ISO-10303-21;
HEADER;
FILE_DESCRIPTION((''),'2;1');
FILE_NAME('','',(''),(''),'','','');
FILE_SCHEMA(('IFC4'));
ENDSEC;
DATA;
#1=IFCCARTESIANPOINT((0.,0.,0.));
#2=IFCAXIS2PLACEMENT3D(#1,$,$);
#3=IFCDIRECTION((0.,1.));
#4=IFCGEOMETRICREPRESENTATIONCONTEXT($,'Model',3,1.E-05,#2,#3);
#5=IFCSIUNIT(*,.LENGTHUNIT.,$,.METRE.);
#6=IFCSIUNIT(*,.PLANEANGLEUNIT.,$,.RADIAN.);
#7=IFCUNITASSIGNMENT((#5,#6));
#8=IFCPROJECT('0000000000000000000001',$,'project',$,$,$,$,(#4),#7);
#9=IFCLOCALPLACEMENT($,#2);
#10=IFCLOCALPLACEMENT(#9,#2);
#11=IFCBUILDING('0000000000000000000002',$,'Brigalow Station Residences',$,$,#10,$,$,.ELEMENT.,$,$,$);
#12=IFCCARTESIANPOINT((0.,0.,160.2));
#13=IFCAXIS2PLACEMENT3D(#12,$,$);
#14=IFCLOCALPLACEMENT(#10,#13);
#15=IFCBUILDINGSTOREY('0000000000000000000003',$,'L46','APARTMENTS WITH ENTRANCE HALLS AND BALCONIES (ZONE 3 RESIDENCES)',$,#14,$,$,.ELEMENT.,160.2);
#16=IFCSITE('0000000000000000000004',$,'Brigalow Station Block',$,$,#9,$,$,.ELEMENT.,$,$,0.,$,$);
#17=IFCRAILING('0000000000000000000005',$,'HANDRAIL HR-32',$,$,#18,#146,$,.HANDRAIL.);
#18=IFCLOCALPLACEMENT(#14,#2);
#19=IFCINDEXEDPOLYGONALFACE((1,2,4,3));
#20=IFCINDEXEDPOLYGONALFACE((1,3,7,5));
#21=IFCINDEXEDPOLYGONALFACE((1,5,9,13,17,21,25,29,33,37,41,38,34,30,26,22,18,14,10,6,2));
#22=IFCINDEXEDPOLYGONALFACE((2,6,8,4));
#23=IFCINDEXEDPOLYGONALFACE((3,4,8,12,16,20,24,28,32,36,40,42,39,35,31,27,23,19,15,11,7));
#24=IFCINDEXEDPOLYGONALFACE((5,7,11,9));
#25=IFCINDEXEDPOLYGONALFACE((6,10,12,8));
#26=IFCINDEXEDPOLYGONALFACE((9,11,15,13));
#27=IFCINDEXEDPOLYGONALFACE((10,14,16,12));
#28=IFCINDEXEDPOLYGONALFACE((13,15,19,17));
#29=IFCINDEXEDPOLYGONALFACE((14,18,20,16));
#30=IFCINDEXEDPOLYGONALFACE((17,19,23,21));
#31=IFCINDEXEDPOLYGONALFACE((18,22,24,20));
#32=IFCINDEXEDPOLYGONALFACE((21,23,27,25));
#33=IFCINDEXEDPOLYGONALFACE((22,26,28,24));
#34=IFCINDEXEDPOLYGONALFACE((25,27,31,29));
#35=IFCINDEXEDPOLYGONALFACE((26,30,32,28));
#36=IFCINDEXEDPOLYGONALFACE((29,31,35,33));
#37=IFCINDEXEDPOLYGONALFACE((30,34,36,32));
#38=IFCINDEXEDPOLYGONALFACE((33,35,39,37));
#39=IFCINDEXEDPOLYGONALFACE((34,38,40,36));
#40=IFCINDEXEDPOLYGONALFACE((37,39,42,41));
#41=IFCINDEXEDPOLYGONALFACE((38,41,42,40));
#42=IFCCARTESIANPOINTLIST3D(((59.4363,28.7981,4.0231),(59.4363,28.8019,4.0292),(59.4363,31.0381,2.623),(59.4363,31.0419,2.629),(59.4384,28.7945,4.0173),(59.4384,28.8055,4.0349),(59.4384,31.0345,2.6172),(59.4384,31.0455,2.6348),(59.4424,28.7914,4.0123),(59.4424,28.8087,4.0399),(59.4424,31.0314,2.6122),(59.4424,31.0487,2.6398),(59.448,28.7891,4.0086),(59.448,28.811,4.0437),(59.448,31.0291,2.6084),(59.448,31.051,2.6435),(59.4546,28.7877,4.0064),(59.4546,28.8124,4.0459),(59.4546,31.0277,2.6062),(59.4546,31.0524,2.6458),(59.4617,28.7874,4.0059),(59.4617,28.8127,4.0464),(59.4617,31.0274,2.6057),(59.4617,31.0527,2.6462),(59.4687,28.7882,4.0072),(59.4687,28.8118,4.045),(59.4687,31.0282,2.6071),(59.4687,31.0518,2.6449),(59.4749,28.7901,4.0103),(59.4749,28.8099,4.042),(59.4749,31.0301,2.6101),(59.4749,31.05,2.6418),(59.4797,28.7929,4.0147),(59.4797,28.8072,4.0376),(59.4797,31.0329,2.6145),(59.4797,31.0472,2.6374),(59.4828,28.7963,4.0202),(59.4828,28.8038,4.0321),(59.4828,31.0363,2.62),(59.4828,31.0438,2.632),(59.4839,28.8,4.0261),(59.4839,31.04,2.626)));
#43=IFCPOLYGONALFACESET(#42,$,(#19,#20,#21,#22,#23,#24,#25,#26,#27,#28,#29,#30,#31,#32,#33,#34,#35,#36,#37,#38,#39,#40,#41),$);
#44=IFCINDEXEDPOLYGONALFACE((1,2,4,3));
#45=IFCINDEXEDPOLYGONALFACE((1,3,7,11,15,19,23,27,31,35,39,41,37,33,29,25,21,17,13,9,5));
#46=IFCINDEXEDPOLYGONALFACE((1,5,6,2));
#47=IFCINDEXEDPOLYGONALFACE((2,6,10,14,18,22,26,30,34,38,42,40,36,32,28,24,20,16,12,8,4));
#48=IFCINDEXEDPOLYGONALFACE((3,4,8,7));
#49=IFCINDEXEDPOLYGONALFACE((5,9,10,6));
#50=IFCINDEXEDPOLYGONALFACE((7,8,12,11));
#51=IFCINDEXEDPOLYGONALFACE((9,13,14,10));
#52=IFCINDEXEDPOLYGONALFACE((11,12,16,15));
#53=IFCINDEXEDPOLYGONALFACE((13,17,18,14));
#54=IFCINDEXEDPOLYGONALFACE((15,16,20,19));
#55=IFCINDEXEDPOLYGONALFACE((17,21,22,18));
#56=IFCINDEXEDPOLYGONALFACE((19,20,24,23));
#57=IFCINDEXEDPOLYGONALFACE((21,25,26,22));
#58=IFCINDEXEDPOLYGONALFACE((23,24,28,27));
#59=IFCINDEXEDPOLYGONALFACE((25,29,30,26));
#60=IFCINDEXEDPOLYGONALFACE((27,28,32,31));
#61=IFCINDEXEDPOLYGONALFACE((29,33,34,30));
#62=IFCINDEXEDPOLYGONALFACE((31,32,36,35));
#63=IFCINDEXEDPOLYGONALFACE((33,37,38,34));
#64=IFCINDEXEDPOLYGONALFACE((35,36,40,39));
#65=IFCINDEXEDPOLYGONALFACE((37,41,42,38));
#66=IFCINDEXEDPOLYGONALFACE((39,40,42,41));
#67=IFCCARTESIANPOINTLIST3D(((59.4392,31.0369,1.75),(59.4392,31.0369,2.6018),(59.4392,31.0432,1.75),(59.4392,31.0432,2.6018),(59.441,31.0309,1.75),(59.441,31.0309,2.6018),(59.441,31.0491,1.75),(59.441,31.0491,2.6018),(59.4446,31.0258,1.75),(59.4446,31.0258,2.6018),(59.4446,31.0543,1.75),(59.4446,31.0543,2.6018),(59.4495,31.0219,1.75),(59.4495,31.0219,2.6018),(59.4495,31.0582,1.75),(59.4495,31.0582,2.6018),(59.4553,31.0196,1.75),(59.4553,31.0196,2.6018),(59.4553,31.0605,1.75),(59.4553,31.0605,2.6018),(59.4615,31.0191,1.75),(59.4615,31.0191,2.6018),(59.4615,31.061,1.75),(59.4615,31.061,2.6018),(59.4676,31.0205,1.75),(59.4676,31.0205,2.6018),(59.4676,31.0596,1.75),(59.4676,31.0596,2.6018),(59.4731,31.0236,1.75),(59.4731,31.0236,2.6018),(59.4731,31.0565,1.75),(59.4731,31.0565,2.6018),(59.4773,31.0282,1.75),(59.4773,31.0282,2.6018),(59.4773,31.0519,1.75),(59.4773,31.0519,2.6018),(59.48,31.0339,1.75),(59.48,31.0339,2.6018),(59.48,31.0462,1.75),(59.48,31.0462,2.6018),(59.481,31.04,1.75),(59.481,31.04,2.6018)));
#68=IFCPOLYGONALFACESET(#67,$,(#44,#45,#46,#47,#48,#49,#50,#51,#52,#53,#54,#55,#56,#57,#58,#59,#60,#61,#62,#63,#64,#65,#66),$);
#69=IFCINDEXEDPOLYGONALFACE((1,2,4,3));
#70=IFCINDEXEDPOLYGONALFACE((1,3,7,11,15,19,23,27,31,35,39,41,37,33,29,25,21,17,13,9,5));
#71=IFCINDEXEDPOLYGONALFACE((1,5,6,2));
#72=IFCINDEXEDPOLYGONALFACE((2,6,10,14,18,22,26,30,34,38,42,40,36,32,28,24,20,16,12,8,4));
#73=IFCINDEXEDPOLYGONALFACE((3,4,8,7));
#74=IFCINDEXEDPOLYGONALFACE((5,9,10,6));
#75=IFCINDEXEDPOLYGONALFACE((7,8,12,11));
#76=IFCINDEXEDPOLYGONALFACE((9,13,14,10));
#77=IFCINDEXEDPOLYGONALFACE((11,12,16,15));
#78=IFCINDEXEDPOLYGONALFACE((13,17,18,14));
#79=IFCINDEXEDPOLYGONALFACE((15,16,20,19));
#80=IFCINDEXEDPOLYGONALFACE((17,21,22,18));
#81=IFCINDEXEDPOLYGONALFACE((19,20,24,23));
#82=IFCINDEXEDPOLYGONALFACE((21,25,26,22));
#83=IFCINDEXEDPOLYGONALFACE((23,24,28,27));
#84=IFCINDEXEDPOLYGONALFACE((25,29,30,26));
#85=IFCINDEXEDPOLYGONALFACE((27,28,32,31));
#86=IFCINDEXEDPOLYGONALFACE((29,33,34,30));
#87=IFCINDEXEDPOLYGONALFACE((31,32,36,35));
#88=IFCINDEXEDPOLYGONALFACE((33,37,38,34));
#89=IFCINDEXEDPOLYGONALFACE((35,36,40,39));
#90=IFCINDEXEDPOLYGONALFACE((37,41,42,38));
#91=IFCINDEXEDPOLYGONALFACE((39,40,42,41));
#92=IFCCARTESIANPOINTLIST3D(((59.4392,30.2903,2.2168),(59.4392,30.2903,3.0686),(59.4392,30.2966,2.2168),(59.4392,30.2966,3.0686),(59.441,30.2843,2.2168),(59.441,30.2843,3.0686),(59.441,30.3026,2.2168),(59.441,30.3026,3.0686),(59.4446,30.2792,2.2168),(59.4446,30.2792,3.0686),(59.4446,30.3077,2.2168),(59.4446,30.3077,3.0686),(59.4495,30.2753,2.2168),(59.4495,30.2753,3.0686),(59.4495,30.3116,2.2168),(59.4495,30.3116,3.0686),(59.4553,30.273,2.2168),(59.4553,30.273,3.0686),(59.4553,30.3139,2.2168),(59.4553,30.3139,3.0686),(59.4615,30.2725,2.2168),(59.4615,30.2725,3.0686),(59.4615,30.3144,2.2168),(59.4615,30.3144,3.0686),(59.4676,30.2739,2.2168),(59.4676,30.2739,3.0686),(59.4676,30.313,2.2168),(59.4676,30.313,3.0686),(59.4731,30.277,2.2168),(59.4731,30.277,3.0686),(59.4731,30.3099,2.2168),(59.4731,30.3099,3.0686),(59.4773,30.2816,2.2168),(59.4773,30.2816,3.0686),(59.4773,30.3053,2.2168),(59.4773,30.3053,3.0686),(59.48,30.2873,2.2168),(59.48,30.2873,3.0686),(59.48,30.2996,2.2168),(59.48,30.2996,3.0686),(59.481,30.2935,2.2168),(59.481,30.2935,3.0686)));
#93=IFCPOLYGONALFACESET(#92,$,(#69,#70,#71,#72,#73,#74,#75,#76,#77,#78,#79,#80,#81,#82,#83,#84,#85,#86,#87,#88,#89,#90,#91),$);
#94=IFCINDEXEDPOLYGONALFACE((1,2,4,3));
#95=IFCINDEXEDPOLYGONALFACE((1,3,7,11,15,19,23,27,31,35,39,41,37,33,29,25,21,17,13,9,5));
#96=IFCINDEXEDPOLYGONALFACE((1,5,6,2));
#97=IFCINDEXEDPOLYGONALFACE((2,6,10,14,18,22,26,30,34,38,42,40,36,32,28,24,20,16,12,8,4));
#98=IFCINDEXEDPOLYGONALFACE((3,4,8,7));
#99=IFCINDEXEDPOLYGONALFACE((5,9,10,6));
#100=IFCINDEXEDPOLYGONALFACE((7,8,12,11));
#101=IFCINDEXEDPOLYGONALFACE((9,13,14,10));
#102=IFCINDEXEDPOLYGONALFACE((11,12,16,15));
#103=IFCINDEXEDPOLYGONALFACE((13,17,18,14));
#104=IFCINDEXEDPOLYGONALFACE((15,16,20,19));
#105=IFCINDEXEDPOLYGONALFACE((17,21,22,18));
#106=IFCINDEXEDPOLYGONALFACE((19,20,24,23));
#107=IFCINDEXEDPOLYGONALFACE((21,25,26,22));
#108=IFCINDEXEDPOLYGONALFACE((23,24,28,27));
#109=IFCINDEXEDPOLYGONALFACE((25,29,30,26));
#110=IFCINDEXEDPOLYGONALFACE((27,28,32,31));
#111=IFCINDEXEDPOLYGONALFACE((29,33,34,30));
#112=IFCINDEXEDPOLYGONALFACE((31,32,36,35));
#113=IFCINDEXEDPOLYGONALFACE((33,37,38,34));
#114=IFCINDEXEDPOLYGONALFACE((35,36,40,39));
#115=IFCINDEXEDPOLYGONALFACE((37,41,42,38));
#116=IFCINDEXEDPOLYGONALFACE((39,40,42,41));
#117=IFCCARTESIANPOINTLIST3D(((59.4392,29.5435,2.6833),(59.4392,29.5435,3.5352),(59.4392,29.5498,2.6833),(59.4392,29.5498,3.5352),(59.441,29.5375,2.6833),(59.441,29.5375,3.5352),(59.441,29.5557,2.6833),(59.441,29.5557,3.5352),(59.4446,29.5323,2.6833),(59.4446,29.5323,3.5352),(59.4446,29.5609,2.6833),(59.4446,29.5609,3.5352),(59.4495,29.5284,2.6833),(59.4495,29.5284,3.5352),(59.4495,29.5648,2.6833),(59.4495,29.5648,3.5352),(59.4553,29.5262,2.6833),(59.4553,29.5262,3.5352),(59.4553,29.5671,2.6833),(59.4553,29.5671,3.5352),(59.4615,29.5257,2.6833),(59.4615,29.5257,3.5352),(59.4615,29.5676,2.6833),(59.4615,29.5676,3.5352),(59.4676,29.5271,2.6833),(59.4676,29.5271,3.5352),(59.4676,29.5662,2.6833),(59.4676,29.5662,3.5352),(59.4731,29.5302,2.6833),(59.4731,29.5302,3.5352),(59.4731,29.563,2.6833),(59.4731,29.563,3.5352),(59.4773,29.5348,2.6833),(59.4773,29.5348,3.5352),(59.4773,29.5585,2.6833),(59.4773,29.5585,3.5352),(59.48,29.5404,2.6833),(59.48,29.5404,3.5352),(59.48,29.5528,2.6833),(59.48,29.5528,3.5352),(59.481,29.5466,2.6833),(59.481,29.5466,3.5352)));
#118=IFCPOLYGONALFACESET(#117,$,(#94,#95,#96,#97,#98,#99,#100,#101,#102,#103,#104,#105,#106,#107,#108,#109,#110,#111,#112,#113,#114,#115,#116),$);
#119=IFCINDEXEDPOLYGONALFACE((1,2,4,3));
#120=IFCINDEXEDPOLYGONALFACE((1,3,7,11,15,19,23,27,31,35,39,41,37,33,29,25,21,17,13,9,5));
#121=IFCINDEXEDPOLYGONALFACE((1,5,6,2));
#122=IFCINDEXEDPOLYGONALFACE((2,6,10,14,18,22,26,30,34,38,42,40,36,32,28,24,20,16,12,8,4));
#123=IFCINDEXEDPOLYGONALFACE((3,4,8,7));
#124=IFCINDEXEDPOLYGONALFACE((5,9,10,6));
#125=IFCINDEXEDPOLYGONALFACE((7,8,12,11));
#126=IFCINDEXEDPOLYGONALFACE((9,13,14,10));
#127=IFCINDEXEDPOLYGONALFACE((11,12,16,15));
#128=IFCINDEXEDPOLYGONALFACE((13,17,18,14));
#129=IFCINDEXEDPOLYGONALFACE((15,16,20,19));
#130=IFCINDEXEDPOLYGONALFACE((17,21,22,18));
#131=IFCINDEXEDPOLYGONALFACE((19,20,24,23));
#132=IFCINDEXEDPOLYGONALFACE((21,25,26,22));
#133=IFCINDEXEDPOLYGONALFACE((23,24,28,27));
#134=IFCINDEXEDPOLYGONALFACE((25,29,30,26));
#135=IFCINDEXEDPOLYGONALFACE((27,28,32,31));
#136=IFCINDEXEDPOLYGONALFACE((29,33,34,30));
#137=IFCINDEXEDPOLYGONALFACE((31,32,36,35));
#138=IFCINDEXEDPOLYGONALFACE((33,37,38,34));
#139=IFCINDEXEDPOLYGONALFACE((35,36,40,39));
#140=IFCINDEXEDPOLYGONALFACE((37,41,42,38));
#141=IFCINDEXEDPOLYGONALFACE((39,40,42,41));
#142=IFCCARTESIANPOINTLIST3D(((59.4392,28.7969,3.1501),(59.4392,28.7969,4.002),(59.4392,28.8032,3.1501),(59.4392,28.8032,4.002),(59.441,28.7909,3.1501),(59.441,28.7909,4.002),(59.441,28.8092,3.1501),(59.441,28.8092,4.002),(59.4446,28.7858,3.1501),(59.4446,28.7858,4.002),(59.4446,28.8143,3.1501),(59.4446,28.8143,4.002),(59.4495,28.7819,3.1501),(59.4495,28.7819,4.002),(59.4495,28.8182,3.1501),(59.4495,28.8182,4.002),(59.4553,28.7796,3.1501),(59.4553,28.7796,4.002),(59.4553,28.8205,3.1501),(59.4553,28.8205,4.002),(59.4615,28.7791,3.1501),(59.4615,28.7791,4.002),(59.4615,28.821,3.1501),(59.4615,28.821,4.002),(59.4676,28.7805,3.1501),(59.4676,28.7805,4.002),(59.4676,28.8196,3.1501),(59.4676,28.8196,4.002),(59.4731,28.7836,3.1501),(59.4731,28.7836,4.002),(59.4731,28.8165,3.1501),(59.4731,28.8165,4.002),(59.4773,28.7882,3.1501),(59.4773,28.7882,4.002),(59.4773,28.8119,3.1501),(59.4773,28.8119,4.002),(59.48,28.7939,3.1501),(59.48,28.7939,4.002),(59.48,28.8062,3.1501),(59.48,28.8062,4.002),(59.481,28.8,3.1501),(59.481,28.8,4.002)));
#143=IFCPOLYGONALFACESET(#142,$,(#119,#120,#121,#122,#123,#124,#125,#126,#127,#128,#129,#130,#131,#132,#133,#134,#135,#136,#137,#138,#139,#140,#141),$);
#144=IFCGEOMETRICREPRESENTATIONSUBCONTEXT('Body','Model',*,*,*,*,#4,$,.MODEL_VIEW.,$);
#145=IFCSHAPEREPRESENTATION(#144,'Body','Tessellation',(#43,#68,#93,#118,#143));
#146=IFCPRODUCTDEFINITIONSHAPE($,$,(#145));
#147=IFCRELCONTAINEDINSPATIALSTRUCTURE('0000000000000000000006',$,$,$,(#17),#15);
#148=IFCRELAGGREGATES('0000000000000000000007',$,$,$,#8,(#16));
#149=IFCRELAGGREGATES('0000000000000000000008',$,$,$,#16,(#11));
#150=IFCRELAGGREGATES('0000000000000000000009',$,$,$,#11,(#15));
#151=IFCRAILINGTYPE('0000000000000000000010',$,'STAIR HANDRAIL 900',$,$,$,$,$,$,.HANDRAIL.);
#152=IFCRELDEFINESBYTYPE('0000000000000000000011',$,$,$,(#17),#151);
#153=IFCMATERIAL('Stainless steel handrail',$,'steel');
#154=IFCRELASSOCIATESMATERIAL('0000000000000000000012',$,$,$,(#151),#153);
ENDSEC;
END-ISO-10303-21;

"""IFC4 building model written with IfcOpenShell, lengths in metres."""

from ifc_helpers import new_model, si_unit, direction, frame, origin, origin_2d, place, context, subcontext, project, spatial, circle, extrude, material, type_object, element, save


model = new_model("IFC4")

# Units and contexts
model_context = context("Model", 3, precision=1e-05, world=origin(), true_north=direction((0.0, 1.0)))
body_context = subcontext(model_context, "Body", "Model", "MODEL_VIEW")
ifc_project = project(units=[si_unit("LENGTHUNIT", "METRE"), si_unit("PLANEANGLEUNIT", "RADIAN")], contexts=[model_context])

# Site, building, storey
site_placement = place(None, origin())
site = spatial("IfcSite", under=ifc_project, at=site_placement, Name="Brigalow Station Block", CompositionType="ELEMENT", RefElevation=0.0)
building_placement = place(site_placement, origin())
building = spatial("IfcBuilding", under=site, at=building_placement, Name="Brigalow Station Residences", CompositionType="ELEMENT")
storey_placement = place(building_placement, frame((0.0, 0.0, 160.2)))
storey = spatial("IfcBuildingStorey", under=building, at=storey_placement, Name="L46", Description="APARTMENTS WITH ENTRANCE HALLS AND BALCONIES (ZONE 3 RESIDENCES)", CompositionType="ELEMENT", Elevation=160.2)

# Railing
ifc_material_1 = material(Name="Stainless steel handrail", Category="steel")
railing_type_1 = type_object("IfcRailingType", Name="STAIR HANDRAIL 900", PredefinedType="HANDRAIL", material=ifc_material_1)
railing_1_placement = place(storey_placement, frame((59.46, 31.04, 1.75)))
element("IfcRailing", 1, at=railing_1_placement, inside=storey, type_object=railing_type_1, Name="HANDRAIL HR-32", PredefinedType="HANDRAIL", context=body_context, shape_type="SweptSolid", body=[
    extrude(circle(Radius=0.0239, at=origin_2d()), frame((0.0, 0.0, 0.876), z_axis=(0.0, -0.847972, 0.53004), x_axis=(1.0, 0.0, 0.0)), (0.0, 0.0, 1.0), 2.6416),
    extrude(circle(Radius=0.021, at=origin_2d()), origin(), (0.0, 0.0, 1.0), 0.8518),
    extrude(circle(Radius=0.021, at=origin_2d()), frame((0.0, -0.7466, 0.4668)), (0.0, 0.0, 1.0), 0.8518),
    extrude(circle(Radius=0.021, at=origin_2d()), frame((0.0, -1.4934, 0.9333)), (0.0, 0.0, 1.0), 0.8518),
    extrude(circle(Radius=0.021, at=origin_2d()), frame((0.0, -2.24, 1.4001)), (0.0, 0.0, 1.0), 0.8518),
])

save(model, "model.ifc")
